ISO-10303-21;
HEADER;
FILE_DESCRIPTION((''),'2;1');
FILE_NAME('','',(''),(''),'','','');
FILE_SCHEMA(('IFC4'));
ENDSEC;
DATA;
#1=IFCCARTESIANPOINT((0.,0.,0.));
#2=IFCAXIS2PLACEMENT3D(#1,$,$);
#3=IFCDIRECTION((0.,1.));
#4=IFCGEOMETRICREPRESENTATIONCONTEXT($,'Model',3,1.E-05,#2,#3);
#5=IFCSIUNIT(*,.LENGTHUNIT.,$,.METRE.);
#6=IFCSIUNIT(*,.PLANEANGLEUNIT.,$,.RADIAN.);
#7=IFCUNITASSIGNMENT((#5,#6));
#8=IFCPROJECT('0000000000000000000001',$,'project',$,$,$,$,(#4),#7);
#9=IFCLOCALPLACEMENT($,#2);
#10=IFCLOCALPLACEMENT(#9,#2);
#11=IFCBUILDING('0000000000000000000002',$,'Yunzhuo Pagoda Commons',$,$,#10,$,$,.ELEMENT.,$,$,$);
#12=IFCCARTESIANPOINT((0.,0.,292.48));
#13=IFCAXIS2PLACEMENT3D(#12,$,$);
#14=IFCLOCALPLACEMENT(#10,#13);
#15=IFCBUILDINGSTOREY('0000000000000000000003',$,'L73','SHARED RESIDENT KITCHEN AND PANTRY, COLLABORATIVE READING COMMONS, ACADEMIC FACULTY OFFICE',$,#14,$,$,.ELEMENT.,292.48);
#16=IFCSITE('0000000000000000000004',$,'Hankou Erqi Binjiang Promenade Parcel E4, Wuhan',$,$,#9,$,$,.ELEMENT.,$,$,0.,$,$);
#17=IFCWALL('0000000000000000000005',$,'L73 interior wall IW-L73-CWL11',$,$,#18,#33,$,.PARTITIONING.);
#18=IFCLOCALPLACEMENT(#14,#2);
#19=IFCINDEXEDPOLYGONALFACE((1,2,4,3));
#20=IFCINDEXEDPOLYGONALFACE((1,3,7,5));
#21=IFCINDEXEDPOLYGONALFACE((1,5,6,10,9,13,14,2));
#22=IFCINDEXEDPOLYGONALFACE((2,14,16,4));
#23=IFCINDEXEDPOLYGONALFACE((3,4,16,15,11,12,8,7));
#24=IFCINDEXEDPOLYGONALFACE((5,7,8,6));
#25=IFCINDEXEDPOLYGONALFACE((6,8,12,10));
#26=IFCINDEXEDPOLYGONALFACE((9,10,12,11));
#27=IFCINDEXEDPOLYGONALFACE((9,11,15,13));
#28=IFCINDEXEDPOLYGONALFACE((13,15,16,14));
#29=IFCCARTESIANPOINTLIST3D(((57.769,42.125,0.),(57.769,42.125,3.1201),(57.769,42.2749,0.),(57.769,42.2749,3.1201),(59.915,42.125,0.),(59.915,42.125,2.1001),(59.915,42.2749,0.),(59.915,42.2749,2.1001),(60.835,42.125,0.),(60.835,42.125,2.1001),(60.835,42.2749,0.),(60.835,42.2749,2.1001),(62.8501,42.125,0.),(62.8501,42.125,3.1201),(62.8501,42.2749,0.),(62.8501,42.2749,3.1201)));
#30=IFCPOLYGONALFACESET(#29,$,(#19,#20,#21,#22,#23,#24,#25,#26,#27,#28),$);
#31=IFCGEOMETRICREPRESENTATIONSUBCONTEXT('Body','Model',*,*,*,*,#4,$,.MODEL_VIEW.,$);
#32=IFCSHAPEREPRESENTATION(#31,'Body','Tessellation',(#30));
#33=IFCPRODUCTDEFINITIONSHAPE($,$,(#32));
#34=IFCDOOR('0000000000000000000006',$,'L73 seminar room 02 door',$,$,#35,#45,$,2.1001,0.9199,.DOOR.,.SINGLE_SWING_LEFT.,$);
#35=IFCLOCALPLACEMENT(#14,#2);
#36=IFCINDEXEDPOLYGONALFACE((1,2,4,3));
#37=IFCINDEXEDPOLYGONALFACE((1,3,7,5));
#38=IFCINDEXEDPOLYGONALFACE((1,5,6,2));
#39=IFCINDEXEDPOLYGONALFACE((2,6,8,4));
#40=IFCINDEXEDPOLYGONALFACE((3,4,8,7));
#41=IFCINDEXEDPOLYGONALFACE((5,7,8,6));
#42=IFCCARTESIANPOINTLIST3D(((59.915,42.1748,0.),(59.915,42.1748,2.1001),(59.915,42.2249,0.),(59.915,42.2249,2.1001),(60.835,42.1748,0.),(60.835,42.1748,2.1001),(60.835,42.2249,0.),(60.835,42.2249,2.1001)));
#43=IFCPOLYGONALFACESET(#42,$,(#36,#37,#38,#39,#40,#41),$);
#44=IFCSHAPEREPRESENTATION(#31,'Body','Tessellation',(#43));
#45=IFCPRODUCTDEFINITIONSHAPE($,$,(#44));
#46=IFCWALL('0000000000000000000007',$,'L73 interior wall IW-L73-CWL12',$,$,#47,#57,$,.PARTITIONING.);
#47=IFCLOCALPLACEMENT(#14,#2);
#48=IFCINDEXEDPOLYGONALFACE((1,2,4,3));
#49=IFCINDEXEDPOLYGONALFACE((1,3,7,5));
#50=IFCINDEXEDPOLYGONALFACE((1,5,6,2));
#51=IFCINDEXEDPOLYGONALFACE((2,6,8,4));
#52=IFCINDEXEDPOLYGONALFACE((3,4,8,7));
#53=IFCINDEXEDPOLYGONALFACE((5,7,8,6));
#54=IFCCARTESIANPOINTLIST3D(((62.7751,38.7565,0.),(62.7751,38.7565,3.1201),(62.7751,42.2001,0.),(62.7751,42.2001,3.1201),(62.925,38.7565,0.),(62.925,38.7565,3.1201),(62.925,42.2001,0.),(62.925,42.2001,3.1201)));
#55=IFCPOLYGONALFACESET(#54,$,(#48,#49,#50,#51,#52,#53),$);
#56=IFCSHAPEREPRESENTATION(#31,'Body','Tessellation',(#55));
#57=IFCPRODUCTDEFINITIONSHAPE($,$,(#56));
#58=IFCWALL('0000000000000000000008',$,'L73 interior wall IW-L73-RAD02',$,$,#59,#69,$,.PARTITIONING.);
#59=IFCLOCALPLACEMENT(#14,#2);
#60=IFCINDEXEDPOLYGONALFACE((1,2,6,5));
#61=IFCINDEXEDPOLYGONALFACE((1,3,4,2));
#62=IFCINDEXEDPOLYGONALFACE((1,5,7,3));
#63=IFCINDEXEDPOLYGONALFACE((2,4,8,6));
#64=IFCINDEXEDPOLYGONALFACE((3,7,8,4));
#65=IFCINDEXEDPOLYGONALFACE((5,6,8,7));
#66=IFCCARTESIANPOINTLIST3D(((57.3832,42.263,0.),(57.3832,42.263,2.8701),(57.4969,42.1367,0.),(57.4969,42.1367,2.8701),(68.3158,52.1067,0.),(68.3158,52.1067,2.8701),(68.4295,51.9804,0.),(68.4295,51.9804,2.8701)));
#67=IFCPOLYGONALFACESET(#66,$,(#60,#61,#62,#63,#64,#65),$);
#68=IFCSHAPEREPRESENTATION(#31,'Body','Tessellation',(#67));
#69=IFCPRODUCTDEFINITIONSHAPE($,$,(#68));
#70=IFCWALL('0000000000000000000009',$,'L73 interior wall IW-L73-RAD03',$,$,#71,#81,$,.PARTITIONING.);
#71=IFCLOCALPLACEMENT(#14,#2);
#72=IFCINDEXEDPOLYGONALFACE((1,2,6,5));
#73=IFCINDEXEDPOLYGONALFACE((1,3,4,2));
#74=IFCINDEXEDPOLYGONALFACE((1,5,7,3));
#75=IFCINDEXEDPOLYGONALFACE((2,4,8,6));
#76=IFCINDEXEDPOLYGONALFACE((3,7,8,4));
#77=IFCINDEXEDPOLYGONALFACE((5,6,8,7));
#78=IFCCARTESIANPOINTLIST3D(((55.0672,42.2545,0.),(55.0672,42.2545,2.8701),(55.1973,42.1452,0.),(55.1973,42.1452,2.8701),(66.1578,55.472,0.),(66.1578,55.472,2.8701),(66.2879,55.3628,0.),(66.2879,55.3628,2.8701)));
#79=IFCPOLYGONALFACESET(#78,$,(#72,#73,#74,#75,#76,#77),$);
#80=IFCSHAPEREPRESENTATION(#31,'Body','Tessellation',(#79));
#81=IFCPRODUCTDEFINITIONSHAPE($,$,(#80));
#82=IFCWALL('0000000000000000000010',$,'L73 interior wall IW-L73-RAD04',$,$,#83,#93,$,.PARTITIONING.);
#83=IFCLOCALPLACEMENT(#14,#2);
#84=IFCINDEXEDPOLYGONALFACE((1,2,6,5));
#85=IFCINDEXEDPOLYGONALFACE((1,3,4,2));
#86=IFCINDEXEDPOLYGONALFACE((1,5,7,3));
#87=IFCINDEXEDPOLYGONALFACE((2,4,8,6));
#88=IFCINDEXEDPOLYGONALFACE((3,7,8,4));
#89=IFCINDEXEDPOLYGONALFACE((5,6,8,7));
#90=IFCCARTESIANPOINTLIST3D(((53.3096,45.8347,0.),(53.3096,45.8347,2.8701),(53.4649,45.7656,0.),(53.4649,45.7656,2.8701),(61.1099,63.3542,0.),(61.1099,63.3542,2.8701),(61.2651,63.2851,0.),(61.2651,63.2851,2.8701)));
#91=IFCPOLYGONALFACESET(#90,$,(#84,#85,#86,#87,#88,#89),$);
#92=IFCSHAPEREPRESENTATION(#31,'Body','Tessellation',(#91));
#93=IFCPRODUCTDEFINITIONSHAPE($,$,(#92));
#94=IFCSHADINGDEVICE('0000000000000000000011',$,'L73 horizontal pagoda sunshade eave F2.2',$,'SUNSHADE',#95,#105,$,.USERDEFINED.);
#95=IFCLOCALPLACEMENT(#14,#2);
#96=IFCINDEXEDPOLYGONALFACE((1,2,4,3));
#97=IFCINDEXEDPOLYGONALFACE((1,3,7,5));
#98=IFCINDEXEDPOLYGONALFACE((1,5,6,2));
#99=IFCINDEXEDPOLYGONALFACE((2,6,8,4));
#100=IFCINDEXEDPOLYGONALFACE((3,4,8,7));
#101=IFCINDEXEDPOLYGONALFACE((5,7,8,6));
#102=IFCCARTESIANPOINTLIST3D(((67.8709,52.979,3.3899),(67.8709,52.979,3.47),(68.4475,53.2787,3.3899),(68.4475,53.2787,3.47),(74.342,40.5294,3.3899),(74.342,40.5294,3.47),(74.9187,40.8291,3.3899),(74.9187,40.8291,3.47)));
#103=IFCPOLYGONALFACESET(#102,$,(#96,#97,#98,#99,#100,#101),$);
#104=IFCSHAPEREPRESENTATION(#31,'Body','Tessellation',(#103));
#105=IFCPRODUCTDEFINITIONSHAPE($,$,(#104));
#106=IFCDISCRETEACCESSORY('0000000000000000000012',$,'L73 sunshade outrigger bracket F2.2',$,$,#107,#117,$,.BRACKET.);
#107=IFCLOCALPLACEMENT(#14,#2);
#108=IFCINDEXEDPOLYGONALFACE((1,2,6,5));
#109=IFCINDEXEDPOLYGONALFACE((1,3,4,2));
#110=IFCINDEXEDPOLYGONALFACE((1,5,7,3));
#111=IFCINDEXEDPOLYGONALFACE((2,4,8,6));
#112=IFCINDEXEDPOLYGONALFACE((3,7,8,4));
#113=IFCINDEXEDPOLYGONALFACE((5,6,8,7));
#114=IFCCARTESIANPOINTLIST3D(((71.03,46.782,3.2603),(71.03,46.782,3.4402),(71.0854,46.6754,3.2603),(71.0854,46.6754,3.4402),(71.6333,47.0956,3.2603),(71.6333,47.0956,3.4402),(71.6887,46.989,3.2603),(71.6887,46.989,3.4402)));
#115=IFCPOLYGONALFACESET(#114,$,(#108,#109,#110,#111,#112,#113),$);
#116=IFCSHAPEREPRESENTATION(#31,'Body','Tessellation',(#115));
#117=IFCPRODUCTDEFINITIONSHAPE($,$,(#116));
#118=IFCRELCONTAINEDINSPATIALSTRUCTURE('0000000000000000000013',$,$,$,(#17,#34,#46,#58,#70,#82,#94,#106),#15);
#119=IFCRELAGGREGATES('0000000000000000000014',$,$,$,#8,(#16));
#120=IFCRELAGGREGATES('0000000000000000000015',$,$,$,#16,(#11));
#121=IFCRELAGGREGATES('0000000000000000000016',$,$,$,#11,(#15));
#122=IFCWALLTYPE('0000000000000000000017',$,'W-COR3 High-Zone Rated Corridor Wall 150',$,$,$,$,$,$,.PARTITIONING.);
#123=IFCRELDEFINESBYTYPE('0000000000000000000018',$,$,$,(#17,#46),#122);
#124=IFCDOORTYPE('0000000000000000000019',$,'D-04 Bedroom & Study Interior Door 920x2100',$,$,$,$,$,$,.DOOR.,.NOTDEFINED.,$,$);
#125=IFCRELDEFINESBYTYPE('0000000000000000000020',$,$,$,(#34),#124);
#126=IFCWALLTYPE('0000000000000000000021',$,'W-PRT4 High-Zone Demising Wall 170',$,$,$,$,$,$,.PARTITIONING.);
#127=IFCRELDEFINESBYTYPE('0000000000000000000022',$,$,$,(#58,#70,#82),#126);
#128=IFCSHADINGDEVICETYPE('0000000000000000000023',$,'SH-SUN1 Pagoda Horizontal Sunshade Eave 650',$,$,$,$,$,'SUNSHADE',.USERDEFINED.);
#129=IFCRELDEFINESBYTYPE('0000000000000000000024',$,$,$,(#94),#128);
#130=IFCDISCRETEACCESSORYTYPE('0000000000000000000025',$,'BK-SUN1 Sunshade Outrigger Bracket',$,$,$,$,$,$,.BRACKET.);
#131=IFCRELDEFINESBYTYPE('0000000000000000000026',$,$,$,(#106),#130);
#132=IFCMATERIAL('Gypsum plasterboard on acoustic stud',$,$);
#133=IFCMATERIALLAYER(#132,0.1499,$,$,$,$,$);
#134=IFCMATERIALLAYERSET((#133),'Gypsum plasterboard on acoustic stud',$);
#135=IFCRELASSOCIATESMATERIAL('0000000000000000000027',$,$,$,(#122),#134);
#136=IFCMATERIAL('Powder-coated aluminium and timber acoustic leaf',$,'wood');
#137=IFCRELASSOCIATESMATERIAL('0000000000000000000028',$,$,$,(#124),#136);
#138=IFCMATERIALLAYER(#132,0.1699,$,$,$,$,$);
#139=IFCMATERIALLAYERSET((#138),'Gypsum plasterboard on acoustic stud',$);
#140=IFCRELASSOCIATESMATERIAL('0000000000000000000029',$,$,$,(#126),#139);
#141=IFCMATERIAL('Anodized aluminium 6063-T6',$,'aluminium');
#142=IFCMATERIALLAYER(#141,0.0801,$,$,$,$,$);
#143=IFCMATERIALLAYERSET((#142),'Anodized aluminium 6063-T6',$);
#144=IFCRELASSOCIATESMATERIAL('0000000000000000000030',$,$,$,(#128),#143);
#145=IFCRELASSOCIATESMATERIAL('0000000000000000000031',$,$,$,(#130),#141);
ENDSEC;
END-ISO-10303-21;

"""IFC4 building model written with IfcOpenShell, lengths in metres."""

from ifc_helpers import new_model, si_unit, direction, frame, frame_2d, origin, origin_with_axes, origin_2d, place, context, subcontext, project, spatial, rectangle, extrude, source, transform, mapped, material, layer, layer_set, type_object, element, fill, save


model = new_model("IFC4")

# Units and contexts
model_context = context("Model", 3, precision=1e-05, world=origin(), true_north=direction((0.0, 1.0)))
body_context = subcontext(model_context, "Body", "Model", "MODEL_VIEW")
ifc_project = project(units=[si_unit("LENGTHUNIT", "METRE"), si_unit("PLANEANGLEUNIT", "RADIAN")], contexts=[model_context])

# Site, building, storey
site_placement = place(None, origin())
site = spatial("IfcSite", under=ifc_project, at=site_placement, Name="Hankou Erqi Binjiang Promenade Parcel E4, Wuhan", CompositionType="ELEMENT", RefElevation=0.0)
building_placement = place(site_placement, origin())
building = spatial("IfcBuilding", under=site, at=building_placement, Name="Yunzhuo Pagoda Commons", CompositionType="ELEMENT")
storey_placement = place(building_placement, frame((0.0, 0.0, 292.48)))
storey = spatial("IfcBuildingStorey", under=building, at=storey_placement, Name="L73", Description="SHARED RESIDENT KITCHEN AND PANTRY, COLLABORATIVE READING COMMONS, ACADEMIC FACULTY OFFICE", CompositionType="ELEMENT", Elevation=292.48)

# Shared definitions
ifc_material_1 = material(Name="Anodized aluminium 6063-T6", Category="aluminium")

# Shared definitions
ifc_material_2 = material(Name="Gypsum plasterboard on acoustic stud")
ifc_layer_1 = layer(ifc_material_2, 0.1499)
ifc_layer_set_1 = layer_set([ifc_layer_1], Name="Gypsum plasterboard on acoustic stud")
wall_type_1 = type_object("IfcWallType", Name="W-COR3 High-Zone Rated Corridor Wall 150", PredefinedType="PARTITIONING", material=ifc_layer_set_1)

# Wall, opening, door
ifc_material_3 = material(Name="Powder-coated aluminium and timber acoustic leaf", Category="wood")
door_type = type_object("IfcDoorType", Name="D-04 Bedroom & Study Interior Door 920x2100", OperationType="NOTDEFINED", PredefinedType="DOOR", material=ifc_material_3)
shared_shape_1 = source(origin(), body_context, "Body", "SweptSolid", [
    extrude(rectangle(XDim=0.9199, YDim=2.1001, at=frame_2d((0.46, 1.05))), frame((0.0, 0.0249, 0.0), z_axis=(0.0, -1.0, 0.0), x_axis=(1.0, 0.0, 0.0)), (0.0, 0.0, 1.0), 0.05),
])
wall_1_placement = place(storey_placement, frame((57.769, 42.2, 0.0), z_axis=(0.0, 0.0, 1.0), x_axis=(1.0, 0.0, 0.0)))
wall_1 = element("IfcWall", 1, at=wall_1_placement, inside=storey, type_object=wall_type_1, Name="L73 interior wall IW-L73-CWL11", PredefinedType="PARTITIONING", context=body_context, shape_type="SweptSolid", body=[
    extrude(rectangle(XDim=5.0811, YDim=0.1499, at=frame_2d((2.5405, 0.0))), origin(), (0.0, 0.0, 1.0), 3.1201),
])
opening_1_placement = place(wall_1_placement, frame((2.146, 0.0, 0.0)))
opening_1 = element("IfcOpeningElement", 2, at=opening_1_placement, cuts=wall_1, PredefinedType="OPENING", context=body_context, shape_type="SweptSolid", body=[
    extrude(rectangle(XDim=0.9199, YDim=2.1001, at=frame_2d((0.46, 1.05))), frame((0.0, 0.085, 0.0), z_axis=(0.0, -1.0, 0.0), x_axis=(1.0, 0.0, 0.0)), (0.0, 0.0, 1.0), 0.1699),
])
door_1_placement = place(opening_1_placement, origin_with_axes())
door_1 = element("IfcDoor", 3, at=door_1_placement, inside=storey, type_object=door_type, Name="L73 seminar room 02 door", OperationType="SINGLE_SWING_LEFT", OverallHeight=2.1001, OverallWidth=0.9199, PredefinedType="DOOR", context=body_context, shape_type="MappedRepresentation", body=[
    mapped(shared_shape_1, transform((0.0, 0.0, 0.0), scale=1.0)),
])
fill(opening_1, door_1)

# Walls
wall_2_placement = place(storey_placement, frame((62.8501, 42.2, 0.0), z_axis=(0.0, 0.0, 1.0), x_axis=(0.0, -1.0, 0.0)))
element("IfcWall", 4, at=wall_2_placement, inside=storey, type_object=wall_type_1, Name="L73 interior wall IW-L73-CWL12", PredefinedType="PARTITIONING", context=body_context, shape_type="SweptSolid", body=[
    extrude(rectangle(XDim=3.4436, YDim=0.1499, at=frame_2d((1.7217, 0.0))), origin(), (0.0, 0.0, 1.0), 3.1201),
])
ifc_layer_2 = layer(ifc_material_2, 0.1699)
ifc_layer_set_2 = layer_set([ifc_layer_2], Name="Gypsum plasterboard on acoustic stud")
wall_type_2 = type_object("IfcWallType", Name="W-PRT4 High-Zone Demising Wall 170", PredefinedType="PARTITIONING", material=ifc_layer_set_2)
wall_3_placement = place(storey_placement, frame((57.4402, 42.2, 0.0), z_axis=(0.0, 0.0, 1.0), x_axis=(0.743146, 0.66913, 0.0)))
element("IfcWall", 5, at=wall_3_placement, inside=storey, type_object=wall_type_2, Name="L73 interior wall IW-L73-RAD02", PredefinedType="PARTITIONING", context=body_context, shape_type="SweptSolid", body=[
    extrude(rectangle(XDim=14.7112, YDim=0.1699, at=frame_2d((7.3555, 0.0))), origin(), (0.0, 0.0, 1.0), 2.8701),
])
wall_4_placement = place(storey_placement, frame((55.1323, 42.2, 0.0), z_axis=(0.0, 0.0, 1.0), x_axis=(0.642779, 0.766052, 0.0)))
element("IfcWall", 6, at=wall_4_placement, inside=storey, type_object=wall_type_2, Name="L73 interior wall IW-L73-RAD03", PredefinedType="PARTITIONING", context=body_context, shape_type="SweptSolid", body=[
    extrude(rectangle(XDim=17.2542, YDim=0.1699, at=frame_2d((8.627, 0.0))), origin(), (0.0, 0.0, 1.0), 2.8701),
])
wall_5_placement = place(storey_placement, frame((53.3872, 45.8, 0.0), z_axis=(0.0, 0.0, 1.0), x_axis=(0.406741, 0.913544, 0.0)))
element("IfcWall", 7, at=wall_5_placement, inside=storey, type_object=wall_type_2, Name="L73 interior wall IW-L73-RAD04", PredefinedType="PARTITIONING", context=body_context, shape_type="SweptSolid", body=[
    extrude(rectangle(XDim=19.1775, YDim=0.1699, at=frame_2d((9.5889, 0.0))), origin(), (0.0, 0.0, 1.0), 2.8701),
])

# Shading device
ifc_layer_3 = layer(ifc_material_1, 0.0801)
ifc_layer_set_3 = layer_set([ifc_layer_3], Name="Anodized aluminium 6063-T6")
shading_device_type = type_object("IfcShadingDeviceType", Name="SH-SUN1 Pagoda Horizontal Sunshade Eave 650", ElementType="SUNSHADE", PredefinedType="USERDEFINED", material=ifc_layer_set_3)
shared_shape_2 = source(origin(), body_context, "Body", "SweptSolid", [
    extrude(rectangle(XDim=14.031, YDim=0.6499, at=origin_2d()), origin(), (0.0, 0.0, 1.0), 0.0801),
])
shading_device_placement = place(storey_placement, frame((71.3948, 46.9041, 3.3899), z_axis=(0.0, 0.0, 1.0), x_axis=(-0.461207, 0.887293, 0.0)))
element("IfcShadingDevice", 8, at=shading_device_placement, inside=storey, type_object=shading_device_type, Name="L73 horizontal pagoda sunshade eave F2.2", ObjectType="SUNSHADE", PredefinedType="USERDEFINED", context=body_context, shape_type="MappedRepresentation", body=[
    mapped(shared_shape_2, transform((0.0, 0.0, 0.0), scale=1.0)),
])

# Discrete accessory
discrete_accessory_type = type_object("IfcDiscreteAccessoryType", Name="BK-SUN1 Sunshade Outrigger Bracket", PredefinedType="BRACKET", material=ifc_material_1)
shared_shape_3 = source(origin(), body_context, "Body", "SweptSolid", [
    extrude(rectangle(XDim=0.1201, YDim=0.6799, at=origin_2d()), origin(), (0.0, 0.0, 1.0), 0.1799),
])
discrete_accessory_placement = place(storey_placement, frame((71.3594, 46.8855, 3.2603), z_axis=(0.0, 0.0, 1.0), x_axis=(-0.461207, 0.887293, 0.0)))
element("IfcDiscreteAccessory", 9, at=discrete_accessory_placement, inside=storey, type_object=discrete_accessory_type, Name="L73 sunshade outrigger bracket F2.2", PredefinedType="BRACKET", context=body_context, shape_type="MappedRepresentation", body=[
    mapped(shared_shape_3, transform((0.0, 0.0, 0.0), scale=1.0)),
])

save(model, "model.ifc")
